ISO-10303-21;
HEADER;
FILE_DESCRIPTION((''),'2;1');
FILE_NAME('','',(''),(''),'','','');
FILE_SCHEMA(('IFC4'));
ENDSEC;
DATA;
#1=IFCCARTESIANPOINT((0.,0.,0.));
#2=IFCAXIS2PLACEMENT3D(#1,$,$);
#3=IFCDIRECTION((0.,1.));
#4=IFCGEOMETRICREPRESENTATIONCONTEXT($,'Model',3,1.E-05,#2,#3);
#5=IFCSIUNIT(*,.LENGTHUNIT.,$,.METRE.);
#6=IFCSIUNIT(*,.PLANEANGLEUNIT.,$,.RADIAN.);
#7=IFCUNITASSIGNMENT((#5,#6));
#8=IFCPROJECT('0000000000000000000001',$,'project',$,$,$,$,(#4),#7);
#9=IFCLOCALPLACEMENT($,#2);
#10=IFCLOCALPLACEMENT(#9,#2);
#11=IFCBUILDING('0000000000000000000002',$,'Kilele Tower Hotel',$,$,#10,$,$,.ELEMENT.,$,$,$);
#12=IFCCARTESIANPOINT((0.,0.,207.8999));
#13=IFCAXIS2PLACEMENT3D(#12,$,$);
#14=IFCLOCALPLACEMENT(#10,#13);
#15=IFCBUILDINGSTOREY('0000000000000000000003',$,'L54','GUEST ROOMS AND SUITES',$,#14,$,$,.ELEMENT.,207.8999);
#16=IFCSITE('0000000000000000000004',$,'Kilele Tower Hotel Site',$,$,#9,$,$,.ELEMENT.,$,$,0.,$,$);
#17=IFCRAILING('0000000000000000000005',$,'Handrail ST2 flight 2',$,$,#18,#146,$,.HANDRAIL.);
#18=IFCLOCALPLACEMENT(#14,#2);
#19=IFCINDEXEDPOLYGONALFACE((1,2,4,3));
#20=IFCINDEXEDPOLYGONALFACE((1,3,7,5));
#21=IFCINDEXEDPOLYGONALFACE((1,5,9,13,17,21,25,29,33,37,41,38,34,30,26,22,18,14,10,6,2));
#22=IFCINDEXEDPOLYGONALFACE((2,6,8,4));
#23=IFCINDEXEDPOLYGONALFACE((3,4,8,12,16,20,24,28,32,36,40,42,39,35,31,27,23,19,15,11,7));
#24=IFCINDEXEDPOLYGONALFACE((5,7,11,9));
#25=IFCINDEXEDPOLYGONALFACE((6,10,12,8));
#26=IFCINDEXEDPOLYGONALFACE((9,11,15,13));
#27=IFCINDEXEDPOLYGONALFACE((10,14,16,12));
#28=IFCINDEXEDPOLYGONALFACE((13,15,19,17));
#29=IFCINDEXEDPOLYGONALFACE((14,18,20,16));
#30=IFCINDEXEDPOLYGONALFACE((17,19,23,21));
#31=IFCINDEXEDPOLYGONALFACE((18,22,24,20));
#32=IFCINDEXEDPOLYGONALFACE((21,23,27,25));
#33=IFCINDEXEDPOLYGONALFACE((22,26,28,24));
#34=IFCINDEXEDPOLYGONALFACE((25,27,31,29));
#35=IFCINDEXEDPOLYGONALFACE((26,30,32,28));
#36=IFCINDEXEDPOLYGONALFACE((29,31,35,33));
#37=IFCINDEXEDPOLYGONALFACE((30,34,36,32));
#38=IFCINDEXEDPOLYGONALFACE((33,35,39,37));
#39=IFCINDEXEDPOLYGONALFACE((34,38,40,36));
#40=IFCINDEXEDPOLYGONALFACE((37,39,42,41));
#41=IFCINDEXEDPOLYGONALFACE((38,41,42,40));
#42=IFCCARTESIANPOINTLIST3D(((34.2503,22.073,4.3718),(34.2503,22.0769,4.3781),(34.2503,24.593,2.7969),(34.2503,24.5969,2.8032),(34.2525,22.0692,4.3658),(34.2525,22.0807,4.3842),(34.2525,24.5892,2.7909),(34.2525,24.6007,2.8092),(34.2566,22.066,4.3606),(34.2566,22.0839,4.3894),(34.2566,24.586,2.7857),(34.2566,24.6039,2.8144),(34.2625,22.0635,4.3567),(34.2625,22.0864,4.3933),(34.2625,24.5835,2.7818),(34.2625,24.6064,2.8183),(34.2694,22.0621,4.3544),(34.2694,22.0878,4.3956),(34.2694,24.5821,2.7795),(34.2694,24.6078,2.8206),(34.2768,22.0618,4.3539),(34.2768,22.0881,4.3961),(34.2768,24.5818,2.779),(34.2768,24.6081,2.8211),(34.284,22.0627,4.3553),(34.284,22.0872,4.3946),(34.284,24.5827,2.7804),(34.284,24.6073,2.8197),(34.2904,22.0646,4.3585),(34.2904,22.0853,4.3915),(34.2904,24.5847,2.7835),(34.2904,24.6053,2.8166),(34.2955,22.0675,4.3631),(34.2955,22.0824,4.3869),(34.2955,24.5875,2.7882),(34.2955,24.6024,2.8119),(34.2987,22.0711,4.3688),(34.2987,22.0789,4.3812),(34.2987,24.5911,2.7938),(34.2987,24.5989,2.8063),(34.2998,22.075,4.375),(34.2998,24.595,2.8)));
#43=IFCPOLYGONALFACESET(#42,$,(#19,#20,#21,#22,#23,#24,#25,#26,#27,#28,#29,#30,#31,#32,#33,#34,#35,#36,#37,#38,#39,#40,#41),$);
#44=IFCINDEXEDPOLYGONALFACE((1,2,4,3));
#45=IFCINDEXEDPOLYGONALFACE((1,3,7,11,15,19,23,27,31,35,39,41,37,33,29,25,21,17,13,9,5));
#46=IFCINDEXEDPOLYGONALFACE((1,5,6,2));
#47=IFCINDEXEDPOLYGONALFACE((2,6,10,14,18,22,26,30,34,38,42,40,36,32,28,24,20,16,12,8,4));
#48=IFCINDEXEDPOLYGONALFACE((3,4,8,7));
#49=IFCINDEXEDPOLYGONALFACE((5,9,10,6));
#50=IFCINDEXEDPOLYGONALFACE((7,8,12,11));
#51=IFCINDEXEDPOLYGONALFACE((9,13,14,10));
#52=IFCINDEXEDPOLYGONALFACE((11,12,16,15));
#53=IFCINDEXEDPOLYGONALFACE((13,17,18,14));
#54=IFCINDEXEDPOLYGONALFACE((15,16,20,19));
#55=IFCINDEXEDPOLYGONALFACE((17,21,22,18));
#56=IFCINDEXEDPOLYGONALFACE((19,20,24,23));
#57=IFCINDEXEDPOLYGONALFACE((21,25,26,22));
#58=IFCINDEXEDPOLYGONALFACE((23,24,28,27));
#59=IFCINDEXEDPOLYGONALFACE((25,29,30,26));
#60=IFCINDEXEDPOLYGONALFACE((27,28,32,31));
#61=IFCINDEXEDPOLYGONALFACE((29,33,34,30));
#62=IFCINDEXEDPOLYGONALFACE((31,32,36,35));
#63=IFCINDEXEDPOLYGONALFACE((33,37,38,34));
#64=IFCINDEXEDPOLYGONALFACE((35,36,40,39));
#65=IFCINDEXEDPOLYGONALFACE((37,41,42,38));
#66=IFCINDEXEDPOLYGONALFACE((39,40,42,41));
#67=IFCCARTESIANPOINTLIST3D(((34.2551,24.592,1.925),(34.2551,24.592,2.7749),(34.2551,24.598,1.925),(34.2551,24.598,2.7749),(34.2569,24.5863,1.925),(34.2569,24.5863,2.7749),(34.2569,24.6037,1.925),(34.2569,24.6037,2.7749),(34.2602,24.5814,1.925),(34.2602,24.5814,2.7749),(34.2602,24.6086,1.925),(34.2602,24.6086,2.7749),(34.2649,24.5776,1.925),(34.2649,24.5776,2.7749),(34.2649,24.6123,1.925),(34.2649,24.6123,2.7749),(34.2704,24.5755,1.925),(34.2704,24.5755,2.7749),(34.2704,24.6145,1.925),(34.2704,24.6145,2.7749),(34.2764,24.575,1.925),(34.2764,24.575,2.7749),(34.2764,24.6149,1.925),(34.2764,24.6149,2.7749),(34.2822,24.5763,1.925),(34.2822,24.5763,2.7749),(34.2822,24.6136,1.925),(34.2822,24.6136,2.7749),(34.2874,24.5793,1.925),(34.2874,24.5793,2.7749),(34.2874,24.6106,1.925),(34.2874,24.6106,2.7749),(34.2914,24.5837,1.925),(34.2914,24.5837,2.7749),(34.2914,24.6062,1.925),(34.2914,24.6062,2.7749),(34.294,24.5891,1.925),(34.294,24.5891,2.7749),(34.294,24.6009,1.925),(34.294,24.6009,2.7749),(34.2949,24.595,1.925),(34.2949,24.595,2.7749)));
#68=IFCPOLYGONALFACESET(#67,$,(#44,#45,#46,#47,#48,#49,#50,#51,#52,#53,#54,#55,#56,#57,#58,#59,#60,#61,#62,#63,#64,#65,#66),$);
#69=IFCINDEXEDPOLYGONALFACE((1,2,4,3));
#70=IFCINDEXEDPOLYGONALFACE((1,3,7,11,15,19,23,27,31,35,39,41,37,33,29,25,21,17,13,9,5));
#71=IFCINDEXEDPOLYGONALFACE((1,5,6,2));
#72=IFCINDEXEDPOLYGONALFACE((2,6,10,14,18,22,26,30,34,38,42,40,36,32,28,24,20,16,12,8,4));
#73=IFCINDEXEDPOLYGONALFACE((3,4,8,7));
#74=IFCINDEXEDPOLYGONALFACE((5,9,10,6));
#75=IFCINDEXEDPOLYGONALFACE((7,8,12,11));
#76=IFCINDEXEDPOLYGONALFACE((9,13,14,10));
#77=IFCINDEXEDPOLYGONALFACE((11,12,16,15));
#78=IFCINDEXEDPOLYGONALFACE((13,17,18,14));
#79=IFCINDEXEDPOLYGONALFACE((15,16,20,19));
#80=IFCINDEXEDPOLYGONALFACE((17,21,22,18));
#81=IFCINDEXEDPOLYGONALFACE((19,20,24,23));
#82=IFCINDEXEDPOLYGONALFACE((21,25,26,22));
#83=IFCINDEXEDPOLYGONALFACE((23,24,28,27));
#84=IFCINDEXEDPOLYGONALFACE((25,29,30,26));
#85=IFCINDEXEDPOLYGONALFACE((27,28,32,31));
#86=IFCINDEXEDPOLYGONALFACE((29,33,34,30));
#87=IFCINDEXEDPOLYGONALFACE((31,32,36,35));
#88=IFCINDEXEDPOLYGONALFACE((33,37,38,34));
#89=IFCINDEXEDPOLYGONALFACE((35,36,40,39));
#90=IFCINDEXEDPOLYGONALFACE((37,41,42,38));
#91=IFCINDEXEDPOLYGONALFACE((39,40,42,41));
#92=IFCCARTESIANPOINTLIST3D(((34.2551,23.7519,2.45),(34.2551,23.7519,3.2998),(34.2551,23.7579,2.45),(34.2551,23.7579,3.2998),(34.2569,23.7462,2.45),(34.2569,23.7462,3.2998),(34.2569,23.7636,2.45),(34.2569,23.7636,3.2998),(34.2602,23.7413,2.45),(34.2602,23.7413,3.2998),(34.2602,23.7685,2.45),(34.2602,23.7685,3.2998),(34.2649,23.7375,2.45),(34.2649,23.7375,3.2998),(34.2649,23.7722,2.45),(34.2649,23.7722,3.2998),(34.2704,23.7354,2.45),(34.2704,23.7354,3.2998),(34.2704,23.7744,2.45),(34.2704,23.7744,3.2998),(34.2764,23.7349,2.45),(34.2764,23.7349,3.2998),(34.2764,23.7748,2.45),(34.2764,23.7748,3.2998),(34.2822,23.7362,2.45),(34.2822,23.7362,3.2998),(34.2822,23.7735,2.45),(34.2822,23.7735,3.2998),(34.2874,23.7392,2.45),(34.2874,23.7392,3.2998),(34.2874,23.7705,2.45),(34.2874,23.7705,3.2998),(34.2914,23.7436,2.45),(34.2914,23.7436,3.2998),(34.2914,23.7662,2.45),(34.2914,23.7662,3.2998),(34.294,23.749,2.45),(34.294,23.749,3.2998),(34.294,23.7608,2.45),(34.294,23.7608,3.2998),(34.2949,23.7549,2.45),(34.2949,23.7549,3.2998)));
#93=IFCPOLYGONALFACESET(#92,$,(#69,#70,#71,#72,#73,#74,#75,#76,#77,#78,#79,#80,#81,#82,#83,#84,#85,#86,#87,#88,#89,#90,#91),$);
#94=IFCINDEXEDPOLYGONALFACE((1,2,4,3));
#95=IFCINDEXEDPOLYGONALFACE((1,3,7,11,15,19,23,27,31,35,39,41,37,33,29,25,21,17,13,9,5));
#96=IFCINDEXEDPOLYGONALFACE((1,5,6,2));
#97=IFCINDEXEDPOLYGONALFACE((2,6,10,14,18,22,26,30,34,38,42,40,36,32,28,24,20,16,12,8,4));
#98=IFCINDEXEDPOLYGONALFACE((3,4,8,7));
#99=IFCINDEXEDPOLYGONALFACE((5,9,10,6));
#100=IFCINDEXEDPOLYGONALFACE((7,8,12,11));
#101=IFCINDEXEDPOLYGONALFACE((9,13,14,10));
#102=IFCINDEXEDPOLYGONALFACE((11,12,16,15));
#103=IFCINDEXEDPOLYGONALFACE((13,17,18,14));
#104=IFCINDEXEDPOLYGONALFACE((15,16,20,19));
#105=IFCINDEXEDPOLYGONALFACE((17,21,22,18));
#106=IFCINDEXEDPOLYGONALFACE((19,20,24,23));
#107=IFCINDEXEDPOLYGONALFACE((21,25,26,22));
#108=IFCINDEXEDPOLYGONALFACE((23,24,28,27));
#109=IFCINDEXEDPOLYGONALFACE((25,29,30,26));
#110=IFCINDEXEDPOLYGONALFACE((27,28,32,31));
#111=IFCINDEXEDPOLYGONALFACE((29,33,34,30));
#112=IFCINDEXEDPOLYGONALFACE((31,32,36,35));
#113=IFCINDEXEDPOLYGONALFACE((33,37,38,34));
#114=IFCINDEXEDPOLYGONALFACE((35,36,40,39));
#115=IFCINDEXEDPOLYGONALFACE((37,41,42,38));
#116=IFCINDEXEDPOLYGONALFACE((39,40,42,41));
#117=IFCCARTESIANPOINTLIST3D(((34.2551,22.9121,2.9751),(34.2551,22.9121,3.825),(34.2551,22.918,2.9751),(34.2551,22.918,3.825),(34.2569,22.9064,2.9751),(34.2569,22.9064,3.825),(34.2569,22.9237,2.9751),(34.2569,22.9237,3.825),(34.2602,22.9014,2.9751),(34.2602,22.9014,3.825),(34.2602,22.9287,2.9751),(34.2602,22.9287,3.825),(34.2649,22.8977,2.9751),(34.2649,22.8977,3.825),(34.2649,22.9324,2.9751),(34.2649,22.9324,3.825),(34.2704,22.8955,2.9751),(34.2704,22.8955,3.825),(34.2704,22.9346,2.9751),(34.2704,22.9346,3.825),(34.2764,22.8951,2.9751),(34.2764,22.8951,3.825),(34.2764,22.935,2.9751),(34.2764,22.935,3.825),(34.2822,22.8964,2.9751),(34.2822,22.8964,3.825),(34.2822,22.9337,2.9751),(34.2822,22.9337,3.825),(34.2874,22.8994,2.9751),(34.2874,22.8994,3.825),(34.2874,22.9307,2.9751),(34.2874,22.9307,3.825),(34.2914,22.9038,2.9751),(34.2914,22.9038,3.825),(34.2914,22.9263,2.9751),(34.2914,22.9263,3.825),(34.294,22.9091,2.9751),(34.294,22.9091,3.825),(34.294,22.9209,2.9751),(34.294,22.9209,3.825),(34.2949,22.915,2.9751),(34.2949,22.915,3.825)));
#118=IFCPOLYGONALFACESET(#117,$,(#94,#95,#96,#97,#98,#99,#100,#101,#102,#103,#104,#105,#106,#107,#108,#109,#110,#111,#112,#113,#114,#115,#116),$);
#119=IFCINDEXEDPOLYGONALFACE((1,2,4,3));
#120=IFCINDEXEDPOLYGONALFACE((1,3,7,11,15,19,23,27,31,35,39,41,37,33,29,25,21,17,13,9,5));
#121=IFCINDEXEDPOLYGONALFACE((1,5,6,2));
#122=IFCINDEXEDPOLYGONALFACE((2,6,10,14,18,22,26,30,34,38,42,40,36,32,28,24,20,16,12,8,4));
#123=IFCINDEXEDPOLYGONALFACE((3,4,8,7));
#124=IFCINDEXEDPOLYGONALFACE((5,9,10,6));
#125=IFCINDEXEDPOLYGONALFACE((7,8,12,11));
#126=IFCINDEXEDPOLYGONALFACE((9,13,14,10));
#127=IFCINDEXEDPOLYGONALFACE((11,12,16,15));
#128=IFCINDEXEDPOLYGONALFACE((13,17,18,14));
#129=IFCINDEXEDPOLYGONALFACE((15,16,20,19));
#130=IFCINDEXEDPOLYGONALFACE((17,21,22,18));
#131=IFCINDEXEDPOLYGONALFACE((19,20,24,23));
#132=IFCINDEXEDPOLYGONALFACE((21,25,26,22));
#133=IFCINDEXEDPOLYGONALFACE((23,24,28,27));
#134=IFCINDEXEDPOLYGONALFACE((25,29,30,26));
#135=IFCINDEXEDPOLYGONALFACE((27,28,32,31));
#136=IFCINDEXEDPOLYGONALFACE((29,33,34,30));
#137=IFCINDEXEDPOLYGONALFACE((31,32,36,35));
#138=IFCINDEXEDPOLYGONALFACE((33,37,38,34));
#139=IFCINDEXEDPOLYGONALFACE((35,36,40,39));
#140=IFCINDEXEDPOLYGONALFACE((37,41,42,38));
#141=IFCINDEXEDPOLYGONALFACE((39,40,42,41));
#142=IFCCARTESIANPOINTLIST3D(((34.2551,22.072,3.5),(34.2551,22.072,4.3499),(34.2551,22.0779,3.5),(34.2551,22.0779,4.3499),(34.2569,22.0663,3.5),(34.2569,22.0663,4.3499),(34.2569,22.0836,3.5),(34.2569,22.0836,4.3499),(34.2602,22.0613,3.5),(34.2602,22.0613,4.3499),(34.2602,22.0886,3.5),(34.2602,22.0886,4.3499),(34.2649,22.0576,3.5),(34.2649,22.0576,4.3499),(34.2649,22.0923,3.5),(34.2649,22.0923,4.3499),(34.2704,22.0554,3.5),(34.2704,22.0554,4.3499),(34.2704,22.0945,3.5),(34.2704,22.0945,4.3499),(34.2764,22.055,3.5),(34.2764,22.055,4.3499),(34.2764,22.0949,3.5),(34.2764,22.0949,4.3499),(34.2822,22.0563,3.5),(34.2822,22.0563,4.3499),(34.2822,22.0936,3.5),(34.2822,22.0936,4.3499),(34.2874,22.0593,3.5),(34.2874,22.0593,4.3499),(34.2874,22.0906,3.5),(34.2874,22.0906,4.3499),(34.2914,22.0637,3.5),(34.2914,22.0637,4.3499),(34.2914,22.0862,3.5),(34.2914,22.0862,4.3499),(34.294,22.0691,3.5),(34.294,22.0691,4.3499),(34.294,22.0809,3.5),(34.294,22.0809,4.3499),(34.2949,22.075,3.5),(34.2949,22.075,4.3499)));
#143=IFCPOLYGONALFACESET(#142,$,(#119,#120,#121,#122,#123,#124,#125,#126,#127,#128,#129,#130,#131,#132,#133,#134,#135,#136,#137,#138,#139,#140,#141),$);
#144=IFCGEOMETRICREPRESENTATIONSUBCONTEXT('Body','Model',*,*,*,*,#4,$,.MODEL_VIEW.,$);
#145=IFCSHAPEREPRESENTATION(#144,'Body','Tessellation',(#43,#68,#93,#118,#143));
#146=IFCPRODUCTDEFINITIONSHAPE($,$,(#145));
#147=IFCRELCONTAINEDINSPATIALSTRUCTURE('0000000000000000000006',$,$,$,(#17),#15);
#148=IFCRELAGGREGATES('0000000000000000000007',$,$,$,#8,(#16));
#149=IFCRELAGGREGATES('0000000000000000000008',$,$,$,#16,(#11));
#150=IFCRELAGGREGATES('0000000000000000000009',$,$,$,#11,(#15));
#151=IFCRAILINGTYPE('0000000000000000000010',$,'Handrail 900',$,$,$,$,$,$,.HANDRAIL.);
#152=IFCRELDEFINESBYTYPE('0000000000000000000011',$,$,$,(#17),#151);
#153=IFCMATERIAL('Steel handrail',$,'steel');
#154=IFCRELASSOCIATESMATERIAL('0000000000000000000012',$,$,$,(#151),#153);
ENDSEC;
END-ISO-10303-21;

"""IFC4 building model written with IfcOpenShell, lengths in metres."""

from ifc_helpers import new_model, si_unit, direction, frame, origin, origin_2d, place, context, subcontext, project, spatial, circle, extrude, material, type_object, element, save


model = new_model("IFC4")

# Units and contexts
model_context = context("Model", 3, precision=1e-05, world=origin(), true_north=direction((0.0, 1.0)))
body_context = subcontext(model_context, "Body", "Model", "MODEL_VIEW")
ifc_project = project(units=[si_unit("LENGTHUNIT", "METRE"), si_unit("PLANEANGLEUNIT", "RADIAN")], contexts=[model_context])

# Site, building, storey
site_placement = place(None, origin())
site = spatial("IfcSite", under=ifc_project, at=site_placement, Name="Kilele Tower Hotel Site", CompositionType="ELEMENT", RefElevation=0.0)
building_placement = place(site_placement, origin())
building = spatial("IfcBuilding", under=site, at=building_placement, Name="Kilele Tower Hotel", CompositionType="ELEMENT")
storey_placement = place(building_placement, frame((0.0, 0.0, 207.8999)))
storey = spatial("IfcBuildingStorey", under=building, at=storey_placement, Name="L54", Description="GUEST ROOMS AND SUITES", CompositionType="ELEMENT", Elevation=207.8999)

# Railing
ifc_material_1 = material(Name="Steel handrail", Category="steel")
railing_type_1 = type_object("IfcRailingType", Name="Handrail 900", PredefinedType="HANDRAIL", material=ifc_material_1)
for number, where, name in (
    (1, (34.2749, 24.595, 1.925), "Handrail ST2 flight 2"),
):
    element("IfcRailing", number, at=place(storey_placement, frame(where)), inside=storey, type_object=railing_type_1, Name=name, PredefinedType="HANDRAIL", context=body_context, shape_type="SweptSolid", body=[
        extrude(circle(Radius=0.0249, at=origin_2d()), frame((0.0, 0.0, 0.875), z_axis=(0.0, -0.848008, 0.529984), x_axis=(1.0, 0.0, 0.0)), (0.0, 0.0, 1.0), 2.9717),
        extrude(circle(Radius=0.02, at=origin_2d()), origin(), (0.0, 0.0, 1.0), 0.8499),
        extrude(circle(Radius=0.02, at=origin_2d()), frame((0.0, -0.8401, 0.5249)), (0.0, 0.0, 1.0), 0.8499),
        extrude(circle(Radius=0.02, at=origin_2d()), frame((0.0, -1.6799, 1.05)), (0.0, 0.0, 1.0), 0.8499),
        extrude(circle(Radius=0.02, at=origin_2d()), frame((0.0, -2.52, 1.575)), (0.0, 0.0, 1.0), 0.8499),
    ])

save(model, "model.ifc")
